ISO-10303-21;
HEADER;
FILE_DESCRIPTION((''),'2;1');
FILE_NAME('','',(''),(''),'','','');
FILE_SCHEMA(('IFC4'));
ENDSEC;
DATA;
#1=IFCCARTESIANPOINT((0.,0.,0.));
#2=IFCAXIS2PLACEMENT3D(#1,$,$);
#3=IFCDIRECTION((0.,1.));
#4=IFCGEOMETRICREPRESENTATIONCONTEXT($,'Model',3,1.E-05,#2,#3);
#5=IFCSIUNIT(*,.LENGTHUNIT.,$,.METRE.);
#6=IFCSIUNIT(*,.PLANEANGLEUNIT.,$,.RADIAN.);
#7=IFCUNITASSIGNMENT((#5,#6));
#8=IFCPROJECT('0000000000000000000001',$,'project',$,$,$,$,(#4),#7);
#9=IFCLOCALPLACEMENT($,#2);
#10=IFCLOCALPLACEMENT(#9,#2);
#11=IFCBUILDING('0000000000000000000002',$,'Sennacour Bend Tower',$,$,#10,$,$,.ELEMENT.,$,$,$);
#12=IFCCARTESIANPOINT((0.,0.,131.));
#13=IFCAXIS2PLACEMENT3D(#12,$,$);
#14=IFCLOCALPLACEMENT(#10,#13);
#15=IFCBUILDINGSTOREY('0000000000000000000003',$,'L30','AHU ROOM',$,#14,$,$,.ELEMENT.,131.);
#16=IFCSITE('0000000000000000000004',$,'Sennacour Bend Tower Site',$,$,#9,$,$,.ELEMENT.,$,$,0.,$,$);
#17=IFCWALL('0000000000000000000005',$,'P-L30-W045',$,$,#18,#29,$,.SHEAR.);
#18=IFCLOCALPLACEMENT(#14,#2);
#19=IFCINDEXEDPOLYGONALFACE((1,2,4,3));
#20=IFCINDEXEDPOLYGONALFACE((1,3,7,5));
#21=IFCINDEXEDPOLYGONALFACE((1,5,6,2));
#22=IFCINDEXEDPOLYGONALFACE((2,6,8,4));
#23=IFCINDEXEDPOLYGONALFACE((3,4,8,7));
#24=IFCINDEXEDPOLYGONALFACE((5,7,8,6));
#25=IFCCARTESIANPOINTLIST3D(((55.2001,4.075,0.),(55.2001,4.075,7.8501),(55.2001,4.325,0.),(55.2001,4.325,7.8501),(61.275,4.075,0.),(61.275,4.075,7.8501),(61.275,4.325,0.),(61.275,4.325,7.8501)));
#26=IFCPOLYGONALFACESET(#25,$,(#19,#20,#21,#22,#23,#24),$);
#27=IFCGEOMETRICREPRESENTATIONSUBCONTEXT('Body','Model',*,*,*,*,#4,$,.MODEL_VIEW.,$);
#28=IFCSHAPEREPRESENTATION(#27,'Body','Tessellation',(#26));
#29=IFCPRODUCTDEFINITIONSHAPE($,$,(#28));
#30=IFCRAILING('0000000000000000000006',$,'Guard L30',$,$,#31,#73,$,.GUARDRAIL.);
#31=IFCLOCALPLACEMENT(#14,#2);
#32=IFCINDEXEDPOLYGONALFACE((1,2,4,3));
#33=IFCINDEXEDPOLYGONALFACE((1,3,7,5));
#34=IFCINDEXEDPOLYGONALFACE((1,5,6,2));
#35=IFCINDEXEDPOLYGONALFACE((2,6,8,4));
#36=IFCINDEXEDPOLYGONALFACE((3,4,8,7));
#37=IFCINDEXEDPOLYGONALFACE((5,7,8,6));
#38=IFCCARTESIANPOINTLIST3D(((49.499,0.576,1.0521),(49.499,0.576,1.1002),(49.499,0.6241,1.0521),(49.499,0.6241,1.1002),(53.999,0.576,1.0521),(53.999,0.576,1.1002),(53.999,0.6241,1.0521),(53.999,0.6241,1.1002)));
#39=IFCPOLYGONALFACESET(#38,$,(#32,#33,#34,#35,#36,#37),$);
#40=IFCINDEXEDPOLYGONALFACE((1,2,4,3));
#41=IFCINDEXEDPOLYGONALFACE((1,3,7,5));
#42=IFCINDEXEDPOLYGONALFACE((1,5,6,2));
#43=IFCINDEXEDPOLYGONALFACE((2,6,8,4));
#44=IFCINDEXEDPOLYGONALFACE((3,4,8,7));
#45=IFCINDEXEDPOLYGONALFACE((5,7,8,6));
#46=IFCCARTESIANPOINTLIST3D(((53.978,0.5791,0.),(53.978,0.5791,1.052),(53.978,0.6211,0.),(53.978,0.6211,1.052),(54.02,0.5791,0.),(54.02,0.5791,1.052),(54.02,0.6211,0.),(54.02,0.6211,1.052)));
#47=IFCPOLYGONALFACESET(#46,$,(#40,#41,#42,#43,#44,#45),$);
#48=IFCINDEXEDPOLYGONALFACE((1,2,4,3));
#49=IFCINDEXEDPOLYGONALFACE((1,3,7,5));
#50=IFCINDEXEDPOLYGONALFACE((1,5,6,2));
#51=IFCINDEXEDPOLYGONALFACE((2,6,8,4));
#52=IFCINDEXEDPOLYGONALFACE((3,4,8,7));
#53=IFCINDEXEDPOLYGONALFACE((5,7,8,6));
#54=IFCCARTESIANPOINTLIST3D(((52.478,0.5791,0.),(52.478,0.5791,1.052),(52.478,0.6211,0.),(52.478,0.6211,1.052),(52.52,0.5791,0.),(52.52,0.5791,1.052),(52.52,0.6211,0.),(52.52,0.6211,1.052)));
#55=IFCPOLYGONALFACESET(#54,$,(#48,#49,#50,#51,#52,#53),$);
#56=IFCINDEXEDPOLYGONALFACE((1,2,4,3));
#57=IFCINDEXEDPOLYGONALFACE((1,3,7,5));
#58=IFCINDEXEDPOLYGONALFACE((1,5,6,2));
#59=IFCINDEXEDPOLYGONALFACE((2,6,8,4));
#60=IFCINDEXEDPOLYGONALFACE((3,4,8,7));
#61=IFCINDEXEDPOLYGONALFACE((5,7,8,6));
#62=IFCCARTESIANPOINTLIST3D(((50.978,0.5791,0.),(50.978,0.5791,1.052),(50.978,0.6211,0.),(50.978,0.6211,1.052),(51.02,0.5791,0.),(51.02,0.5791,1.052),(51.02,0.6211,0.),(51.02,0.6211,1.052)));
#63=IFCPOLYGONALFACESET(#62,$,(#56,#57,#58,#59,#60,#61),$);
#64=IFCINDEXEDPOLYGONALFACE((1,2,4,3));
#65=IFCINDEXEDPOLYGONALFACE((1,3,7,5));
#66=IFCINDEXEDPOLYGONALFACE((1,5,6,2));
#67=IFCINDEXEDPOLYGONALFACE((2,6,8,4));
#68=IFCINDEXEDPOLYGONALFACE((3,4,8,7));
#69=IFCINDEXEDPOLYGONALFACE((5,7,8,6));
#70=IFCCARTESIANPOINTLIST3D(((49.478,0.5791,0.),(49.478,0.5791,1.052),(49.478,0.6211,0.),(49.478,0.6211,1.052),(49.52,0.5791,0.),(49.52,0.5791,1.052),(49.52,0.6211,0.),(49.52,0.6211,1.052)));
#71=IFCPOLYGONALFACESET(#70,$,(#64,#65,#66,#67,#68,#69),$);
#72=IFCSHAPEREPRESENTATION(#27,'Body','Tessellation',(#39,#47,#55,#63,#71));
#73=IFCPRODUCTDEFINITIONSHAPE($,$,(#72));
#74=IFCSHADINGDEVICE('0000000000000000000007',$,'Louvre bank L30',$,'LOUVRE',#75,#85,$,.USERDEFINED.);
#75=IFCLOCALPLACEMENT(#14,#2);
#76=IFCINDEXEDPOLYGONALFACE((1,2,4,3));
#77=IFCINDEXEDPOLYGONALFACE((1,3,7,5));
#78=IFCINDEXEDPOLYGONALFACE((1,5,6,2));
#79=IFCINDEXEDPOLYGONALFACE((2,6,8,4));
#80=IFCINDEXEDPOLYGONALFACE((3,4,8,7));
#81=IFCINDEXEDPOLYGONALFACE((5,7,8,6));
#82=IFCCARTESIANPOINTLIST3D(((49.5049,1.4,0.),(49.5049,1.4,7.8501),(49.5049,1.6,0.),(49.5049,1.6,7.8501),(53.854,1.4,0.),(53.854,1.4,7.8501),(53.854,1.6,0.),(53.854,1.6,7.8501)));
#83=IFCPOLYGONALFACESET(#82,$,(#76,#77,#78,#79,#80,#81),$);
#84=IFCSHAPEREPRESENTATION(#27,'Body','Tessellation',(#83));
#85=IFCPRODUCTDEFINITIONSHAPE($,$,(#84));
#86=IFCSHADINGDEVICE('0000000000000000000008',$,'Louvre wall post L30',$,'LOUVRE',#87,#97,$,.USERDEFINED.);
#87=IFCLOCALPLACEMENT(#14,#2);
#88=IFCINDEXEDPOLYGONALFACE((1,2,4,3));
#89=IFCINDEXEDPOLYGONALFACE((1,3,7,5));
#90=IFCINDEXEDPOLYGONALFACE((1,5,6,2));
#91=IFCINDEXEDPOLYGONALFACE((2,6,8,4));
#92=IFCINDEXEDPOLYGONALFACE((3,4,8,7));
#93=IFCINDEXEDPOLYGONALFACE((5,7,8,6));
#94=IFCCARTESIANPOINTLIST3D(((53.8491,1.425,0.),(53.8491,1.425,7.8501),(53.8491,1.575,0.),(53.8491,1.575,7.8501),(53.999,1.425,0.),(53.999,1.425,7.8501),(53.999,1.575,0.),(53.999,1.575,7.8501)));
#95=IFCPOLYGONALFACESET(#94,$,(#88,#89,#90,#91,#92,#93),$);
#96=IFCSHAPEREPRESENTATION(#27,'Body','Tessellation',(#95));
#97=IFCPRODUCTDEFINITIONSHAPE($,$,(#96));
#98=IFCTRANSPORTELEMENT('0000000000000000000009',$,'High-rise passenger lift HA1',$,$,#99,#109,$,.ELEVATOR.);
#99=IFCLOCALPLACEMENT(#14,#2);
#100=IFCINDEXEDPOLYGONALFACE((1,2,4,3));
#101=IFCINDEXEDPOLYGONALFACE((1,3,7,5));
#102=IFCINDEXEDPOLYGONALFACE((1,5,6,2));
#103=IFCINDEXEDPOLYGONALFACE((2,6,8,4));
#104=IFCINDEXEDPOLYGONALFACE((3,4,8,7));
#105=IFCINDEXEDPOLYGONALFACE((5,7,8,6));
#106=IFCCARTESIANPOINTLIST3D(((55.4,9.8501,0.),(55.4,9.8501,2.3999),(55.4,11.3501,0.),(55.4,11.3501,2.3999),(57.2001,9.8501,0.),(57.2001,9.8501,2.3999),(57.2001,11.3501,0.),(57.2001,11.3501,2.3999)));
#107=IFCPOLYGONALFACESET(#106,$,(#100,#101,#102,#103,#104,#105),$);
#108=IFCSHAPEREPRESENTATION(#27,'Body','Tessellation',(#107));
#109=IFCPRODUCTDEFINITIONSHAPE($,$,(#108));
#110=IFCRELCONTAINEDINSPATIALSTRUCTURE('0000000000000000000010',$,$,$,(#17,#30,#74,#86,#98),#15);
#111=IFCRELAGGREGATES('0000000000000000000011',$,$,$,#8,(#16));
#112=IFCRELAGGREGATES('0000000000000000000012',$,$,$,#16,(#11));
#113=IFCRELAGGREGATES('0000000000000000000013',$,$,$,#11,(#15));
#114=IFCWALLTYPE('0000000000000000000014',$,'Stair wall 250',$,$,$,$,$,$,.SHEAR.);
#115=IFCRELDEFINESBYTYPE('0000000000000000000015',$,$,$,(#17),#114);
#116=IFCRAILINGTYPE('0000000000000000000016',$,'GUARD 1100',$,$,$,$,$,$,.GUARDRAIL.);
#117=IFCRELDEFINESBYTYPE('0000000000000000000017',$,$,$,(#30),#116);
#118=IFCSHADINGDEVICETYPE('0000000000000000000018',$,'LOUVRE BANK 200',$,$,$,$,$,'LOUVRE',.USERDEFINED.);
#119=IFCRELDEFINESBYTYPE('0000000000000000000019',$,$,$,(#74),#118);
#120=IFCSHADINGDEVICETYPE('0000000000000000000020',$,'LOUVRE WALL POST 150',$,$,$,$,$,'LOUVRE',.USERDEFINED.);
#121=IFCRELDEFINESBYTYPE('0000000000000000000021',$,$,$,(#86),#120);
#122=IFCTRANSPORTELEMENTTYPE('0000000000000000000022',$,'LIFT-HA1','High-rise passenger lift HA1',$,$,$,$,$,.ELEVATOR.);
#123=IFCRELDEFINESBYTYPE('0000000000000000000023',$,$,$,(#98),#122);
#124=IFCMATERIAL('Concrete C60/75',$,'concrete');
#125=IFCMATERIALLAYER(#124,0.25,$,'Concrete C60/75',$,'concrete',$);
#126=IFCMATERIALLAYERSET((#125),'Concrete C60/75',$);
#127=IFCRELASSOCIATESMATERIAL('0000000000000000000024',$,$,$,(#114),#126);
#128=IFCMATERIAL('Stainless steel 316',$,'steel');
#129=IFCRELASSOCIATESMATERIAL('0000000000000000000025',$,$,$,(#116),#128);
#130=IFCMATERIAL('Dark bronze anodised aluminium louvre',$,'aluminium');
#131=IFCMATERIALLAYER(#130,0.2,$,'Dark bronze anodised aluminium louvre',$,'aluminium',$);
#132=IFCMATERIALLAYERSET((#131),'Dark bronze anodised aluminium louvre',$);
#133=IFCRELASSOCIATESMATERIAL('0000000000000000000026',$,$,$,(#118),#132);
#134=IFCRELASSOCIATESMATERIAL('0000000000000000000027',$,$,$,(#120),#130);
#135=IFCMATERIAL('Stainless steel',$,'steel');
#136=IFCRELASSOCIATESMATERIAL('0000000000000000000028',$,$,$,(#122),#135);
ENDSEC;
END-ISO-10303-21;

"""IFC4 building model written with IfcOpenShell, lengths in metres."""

from ifc_helpers import new_model, si_unit, direction, frame, frame_2d, origin, origin_2d, place, context, subcontext, project, spatial, rectangle, extrude, material, layer, layer_set, type_object, element, save


model = new_model("IFC4")

# Units and contexts
model_context = context("Model", 3, precision=1e-05, world=origin(), true_north=direction((0.0, 1.0)))
body_context = subcontext(model_context, "Body", "Model", "MODEL_VIEW")
ifc_project = project(units=[si_unit("LENGTHUNIT", "METRE"), si_unit("PLANEANGLEUNIT", "RADIAN")], contexts=[model_context])

# Site, building, storey
site_placement = place(None, origin())
site = spatial("IfcSite", under=ifc_project, at=site_placement, Name="Sennacour Bend Tower Site", CompositionType="ELEMENT", RefElevation=0.0)
building_placement = place(site_placement, origin())
building = spatial("IfcBuilding", under=site, at=building_placement, Name="Sennacour Bend Tower", CompositionType="ELEMENT")
storey_placement = place(building_placement, frame((0.0, 0.0, 131.0)))
storey = spatial("IfcBuildingStorey", under=building, at=storey_placement, Name="L30", Description="AHU ROOM", CompositionType="ELEMENT", Elevation=131.0)

# Shared definitions
ifc_material_1 = material(Name="Stainless steel", Category="steel")

# Wall
ifc_material_2 = material(Name="Concrete C60/75", Category="concrete")
ifc_layer_1 = layer(ifc_material_2, 0.25, Name="Concrete C60/75", Category="concrete")
ifc_layer_set_1 = layer_set([ifc_layer_1], Name="Concrete C60/75")
wall_type_1 = type_object("IfcWallType", Name="Stair wall 250", PredefinedType="SHEAR", material=ifc_layer_set_1)
wall_1_placement = place(storey_placement, frame((55.2, 4.2, 0.0), z_axis=(0.0, 0.0, 1.0), x_axis=(1.0, 0.0, 0.0)))
element("IfcWall", 1, at=wall_1_placement, inside=storey, type_object=wall_type_1, Name="P-L30-W045", PredefinedType="SHEAR", context=body_context, shape_type="SweptSolid", body=[
    extrude(rectangle(XDim=6.075, YDim=0.25, at=frame_2d((3.0376, 0.0))), origin(), (0.0, 0.0, 1.0), 7.8501),
])

# Railing
ifc_material_3 = material(Name="Stainless steel 316", Category="steel")
railing_type = type_object("IfcRailingType", Name="GUARD 1100", PredefinedType="GUARDRAIL", material=ifc_material_3)
railing_placement = place(storey_placement, frame((53.999, 0.6001, 0.0)))
element("IfcRailing", 2, at=railing_placement, inside=storey, type_object=railing_type, Name="Guard L30", PredefinedType="GUARDRAIL", context=body_context, shape_type="SweptSolid", body=[
    extrude(rectangle(XDim=0.0481, YDim=0.0481, at=origin_2d()), frame((0.0, 0.0, 1.0762), z_axis=(-1.0, 0.0, 0.0), x_axis=(0.0, -1.0, 0.0)), (0.0, 0.0, 1.0), 4.5),
    extrude(rectangle(XDim=0.042, YDim=0.042, at=origin_2d()), origin(), (0.0, 0.0, 1.0), 1.052),
    extrude(rectangle(XDim=0.042, YDim=0.042, at=origin_2d()), frame((-1.5, 0.0, 0.0)), (0.0, 0.0, 1.0), 1.052),
    extrude(rectangle(XDim=0.042, YDim=0.042, at=origin_2d()), frame((-3.0, 0.0, 0.0)), (0.0, 0.0, 1.0), 1.052),
    extrude(rectangle(XDim=0.042, YDim=0.042, at=origin_2d()), frame((-4.5, 0.0, 0.0)), (0.0, 0.0, 1.0), 1.052),
])

# Shading devices
ifc_material_4 = material(Name="Dark bronze anodised aluminium louvre", Category="aluminium")
ifc_layer_2 = layer(ifc_material_4, 0.2, Name="Dark bronze anodised aluminium louvre", Category="aluminium")
ifc_layer_set_2 = layer_set([ifc_layer_2], Name="Dark bronze anodised aluminium louvre")
shading_device_type_1 = type_object("IfcShadingDeviceType", Name="LOUVRE BANK 200", ElementType="LOUVRE", PredefinedType="USERDEFINED", material=ifc_layer_set_2)
shading_device_1_placement = place(storey_placement, frame((51.6794, 1.5, 0.0), z_axis=(0.0, 0.0, 1.0), x_axis=(-1.0, 0.0, 0.0)))
element("IfcShadingDevice", 3, at=shading_device_1_placement, inside=storey, type_object=shading_device_type_1, Name="Louvre bank L30", ObjectType="LOUVRE", PredefinedType="USERDEFINED", context=body_context, shape_type="SweptSolid", body=[
    extrude(rectangle(XDim=4.3491, YDim=0.2, at=origin_2d()), origin(), (0.0, 0.0, 1.0), 7.8501),
])
shading_device_type_2 = type_object("IfcShadingDeviceType", Name="LOUVRE WALL POST 150", ElementType="LOUVRE", PredefinedType="USERDEFINED", material=ifc_material_4)
shading_device_2_placement = place(storey_placement, frame((53.9241, 1.5, 0.0), z_axis=(0.0, 0.0, 1.0), x_axis=(1.0, 0.0, 0.0)))
element("IfcShadingDevice", 4, at=shading_device_2_placement, inside=storey, type_object=shading_device_type_2, Name="Louvre wall post L30", ObjectType="LOUVRE", PredefinedType="USERDEFINED", context=body_context, shape_type="SweptSolid", body=[
    extrude(rectangle(XDim=0.1499, YDim=0.1499, at=origin_2d()), origin(), (0.0, 0.0, 1.0), 7.8501),
])

# Transport element
transport_element_type = type_object("IfcTransportElementType", Name="LIFT-HA1", Description="High-rise passenger lift HA1", PredefinedType="ELEVATOR", material=ifc_material_1)
transport_element_placement = place(storey_placement, frame((56.3, 10.6001, 0.0), z_axis=(0.0, 0.0, 1.0), x_axis=(1.0, 0.0, 0.0)))
element("IfcTransportElement", 5, at=transport_element_placement, inside=storey, type_object=transport_element_type, Name="High-rise passenger lift HA1", PredefinedType="ELEVATOR", context=body_context, shape_type="SweptSolid", body=[
    extrude(rectangle(XDim=1.8, YDim=1.5, at=origin_2d()), origin(), (0.0, 0.0, 1.0), 2.3999),
])

save(model, "model.ifc")
